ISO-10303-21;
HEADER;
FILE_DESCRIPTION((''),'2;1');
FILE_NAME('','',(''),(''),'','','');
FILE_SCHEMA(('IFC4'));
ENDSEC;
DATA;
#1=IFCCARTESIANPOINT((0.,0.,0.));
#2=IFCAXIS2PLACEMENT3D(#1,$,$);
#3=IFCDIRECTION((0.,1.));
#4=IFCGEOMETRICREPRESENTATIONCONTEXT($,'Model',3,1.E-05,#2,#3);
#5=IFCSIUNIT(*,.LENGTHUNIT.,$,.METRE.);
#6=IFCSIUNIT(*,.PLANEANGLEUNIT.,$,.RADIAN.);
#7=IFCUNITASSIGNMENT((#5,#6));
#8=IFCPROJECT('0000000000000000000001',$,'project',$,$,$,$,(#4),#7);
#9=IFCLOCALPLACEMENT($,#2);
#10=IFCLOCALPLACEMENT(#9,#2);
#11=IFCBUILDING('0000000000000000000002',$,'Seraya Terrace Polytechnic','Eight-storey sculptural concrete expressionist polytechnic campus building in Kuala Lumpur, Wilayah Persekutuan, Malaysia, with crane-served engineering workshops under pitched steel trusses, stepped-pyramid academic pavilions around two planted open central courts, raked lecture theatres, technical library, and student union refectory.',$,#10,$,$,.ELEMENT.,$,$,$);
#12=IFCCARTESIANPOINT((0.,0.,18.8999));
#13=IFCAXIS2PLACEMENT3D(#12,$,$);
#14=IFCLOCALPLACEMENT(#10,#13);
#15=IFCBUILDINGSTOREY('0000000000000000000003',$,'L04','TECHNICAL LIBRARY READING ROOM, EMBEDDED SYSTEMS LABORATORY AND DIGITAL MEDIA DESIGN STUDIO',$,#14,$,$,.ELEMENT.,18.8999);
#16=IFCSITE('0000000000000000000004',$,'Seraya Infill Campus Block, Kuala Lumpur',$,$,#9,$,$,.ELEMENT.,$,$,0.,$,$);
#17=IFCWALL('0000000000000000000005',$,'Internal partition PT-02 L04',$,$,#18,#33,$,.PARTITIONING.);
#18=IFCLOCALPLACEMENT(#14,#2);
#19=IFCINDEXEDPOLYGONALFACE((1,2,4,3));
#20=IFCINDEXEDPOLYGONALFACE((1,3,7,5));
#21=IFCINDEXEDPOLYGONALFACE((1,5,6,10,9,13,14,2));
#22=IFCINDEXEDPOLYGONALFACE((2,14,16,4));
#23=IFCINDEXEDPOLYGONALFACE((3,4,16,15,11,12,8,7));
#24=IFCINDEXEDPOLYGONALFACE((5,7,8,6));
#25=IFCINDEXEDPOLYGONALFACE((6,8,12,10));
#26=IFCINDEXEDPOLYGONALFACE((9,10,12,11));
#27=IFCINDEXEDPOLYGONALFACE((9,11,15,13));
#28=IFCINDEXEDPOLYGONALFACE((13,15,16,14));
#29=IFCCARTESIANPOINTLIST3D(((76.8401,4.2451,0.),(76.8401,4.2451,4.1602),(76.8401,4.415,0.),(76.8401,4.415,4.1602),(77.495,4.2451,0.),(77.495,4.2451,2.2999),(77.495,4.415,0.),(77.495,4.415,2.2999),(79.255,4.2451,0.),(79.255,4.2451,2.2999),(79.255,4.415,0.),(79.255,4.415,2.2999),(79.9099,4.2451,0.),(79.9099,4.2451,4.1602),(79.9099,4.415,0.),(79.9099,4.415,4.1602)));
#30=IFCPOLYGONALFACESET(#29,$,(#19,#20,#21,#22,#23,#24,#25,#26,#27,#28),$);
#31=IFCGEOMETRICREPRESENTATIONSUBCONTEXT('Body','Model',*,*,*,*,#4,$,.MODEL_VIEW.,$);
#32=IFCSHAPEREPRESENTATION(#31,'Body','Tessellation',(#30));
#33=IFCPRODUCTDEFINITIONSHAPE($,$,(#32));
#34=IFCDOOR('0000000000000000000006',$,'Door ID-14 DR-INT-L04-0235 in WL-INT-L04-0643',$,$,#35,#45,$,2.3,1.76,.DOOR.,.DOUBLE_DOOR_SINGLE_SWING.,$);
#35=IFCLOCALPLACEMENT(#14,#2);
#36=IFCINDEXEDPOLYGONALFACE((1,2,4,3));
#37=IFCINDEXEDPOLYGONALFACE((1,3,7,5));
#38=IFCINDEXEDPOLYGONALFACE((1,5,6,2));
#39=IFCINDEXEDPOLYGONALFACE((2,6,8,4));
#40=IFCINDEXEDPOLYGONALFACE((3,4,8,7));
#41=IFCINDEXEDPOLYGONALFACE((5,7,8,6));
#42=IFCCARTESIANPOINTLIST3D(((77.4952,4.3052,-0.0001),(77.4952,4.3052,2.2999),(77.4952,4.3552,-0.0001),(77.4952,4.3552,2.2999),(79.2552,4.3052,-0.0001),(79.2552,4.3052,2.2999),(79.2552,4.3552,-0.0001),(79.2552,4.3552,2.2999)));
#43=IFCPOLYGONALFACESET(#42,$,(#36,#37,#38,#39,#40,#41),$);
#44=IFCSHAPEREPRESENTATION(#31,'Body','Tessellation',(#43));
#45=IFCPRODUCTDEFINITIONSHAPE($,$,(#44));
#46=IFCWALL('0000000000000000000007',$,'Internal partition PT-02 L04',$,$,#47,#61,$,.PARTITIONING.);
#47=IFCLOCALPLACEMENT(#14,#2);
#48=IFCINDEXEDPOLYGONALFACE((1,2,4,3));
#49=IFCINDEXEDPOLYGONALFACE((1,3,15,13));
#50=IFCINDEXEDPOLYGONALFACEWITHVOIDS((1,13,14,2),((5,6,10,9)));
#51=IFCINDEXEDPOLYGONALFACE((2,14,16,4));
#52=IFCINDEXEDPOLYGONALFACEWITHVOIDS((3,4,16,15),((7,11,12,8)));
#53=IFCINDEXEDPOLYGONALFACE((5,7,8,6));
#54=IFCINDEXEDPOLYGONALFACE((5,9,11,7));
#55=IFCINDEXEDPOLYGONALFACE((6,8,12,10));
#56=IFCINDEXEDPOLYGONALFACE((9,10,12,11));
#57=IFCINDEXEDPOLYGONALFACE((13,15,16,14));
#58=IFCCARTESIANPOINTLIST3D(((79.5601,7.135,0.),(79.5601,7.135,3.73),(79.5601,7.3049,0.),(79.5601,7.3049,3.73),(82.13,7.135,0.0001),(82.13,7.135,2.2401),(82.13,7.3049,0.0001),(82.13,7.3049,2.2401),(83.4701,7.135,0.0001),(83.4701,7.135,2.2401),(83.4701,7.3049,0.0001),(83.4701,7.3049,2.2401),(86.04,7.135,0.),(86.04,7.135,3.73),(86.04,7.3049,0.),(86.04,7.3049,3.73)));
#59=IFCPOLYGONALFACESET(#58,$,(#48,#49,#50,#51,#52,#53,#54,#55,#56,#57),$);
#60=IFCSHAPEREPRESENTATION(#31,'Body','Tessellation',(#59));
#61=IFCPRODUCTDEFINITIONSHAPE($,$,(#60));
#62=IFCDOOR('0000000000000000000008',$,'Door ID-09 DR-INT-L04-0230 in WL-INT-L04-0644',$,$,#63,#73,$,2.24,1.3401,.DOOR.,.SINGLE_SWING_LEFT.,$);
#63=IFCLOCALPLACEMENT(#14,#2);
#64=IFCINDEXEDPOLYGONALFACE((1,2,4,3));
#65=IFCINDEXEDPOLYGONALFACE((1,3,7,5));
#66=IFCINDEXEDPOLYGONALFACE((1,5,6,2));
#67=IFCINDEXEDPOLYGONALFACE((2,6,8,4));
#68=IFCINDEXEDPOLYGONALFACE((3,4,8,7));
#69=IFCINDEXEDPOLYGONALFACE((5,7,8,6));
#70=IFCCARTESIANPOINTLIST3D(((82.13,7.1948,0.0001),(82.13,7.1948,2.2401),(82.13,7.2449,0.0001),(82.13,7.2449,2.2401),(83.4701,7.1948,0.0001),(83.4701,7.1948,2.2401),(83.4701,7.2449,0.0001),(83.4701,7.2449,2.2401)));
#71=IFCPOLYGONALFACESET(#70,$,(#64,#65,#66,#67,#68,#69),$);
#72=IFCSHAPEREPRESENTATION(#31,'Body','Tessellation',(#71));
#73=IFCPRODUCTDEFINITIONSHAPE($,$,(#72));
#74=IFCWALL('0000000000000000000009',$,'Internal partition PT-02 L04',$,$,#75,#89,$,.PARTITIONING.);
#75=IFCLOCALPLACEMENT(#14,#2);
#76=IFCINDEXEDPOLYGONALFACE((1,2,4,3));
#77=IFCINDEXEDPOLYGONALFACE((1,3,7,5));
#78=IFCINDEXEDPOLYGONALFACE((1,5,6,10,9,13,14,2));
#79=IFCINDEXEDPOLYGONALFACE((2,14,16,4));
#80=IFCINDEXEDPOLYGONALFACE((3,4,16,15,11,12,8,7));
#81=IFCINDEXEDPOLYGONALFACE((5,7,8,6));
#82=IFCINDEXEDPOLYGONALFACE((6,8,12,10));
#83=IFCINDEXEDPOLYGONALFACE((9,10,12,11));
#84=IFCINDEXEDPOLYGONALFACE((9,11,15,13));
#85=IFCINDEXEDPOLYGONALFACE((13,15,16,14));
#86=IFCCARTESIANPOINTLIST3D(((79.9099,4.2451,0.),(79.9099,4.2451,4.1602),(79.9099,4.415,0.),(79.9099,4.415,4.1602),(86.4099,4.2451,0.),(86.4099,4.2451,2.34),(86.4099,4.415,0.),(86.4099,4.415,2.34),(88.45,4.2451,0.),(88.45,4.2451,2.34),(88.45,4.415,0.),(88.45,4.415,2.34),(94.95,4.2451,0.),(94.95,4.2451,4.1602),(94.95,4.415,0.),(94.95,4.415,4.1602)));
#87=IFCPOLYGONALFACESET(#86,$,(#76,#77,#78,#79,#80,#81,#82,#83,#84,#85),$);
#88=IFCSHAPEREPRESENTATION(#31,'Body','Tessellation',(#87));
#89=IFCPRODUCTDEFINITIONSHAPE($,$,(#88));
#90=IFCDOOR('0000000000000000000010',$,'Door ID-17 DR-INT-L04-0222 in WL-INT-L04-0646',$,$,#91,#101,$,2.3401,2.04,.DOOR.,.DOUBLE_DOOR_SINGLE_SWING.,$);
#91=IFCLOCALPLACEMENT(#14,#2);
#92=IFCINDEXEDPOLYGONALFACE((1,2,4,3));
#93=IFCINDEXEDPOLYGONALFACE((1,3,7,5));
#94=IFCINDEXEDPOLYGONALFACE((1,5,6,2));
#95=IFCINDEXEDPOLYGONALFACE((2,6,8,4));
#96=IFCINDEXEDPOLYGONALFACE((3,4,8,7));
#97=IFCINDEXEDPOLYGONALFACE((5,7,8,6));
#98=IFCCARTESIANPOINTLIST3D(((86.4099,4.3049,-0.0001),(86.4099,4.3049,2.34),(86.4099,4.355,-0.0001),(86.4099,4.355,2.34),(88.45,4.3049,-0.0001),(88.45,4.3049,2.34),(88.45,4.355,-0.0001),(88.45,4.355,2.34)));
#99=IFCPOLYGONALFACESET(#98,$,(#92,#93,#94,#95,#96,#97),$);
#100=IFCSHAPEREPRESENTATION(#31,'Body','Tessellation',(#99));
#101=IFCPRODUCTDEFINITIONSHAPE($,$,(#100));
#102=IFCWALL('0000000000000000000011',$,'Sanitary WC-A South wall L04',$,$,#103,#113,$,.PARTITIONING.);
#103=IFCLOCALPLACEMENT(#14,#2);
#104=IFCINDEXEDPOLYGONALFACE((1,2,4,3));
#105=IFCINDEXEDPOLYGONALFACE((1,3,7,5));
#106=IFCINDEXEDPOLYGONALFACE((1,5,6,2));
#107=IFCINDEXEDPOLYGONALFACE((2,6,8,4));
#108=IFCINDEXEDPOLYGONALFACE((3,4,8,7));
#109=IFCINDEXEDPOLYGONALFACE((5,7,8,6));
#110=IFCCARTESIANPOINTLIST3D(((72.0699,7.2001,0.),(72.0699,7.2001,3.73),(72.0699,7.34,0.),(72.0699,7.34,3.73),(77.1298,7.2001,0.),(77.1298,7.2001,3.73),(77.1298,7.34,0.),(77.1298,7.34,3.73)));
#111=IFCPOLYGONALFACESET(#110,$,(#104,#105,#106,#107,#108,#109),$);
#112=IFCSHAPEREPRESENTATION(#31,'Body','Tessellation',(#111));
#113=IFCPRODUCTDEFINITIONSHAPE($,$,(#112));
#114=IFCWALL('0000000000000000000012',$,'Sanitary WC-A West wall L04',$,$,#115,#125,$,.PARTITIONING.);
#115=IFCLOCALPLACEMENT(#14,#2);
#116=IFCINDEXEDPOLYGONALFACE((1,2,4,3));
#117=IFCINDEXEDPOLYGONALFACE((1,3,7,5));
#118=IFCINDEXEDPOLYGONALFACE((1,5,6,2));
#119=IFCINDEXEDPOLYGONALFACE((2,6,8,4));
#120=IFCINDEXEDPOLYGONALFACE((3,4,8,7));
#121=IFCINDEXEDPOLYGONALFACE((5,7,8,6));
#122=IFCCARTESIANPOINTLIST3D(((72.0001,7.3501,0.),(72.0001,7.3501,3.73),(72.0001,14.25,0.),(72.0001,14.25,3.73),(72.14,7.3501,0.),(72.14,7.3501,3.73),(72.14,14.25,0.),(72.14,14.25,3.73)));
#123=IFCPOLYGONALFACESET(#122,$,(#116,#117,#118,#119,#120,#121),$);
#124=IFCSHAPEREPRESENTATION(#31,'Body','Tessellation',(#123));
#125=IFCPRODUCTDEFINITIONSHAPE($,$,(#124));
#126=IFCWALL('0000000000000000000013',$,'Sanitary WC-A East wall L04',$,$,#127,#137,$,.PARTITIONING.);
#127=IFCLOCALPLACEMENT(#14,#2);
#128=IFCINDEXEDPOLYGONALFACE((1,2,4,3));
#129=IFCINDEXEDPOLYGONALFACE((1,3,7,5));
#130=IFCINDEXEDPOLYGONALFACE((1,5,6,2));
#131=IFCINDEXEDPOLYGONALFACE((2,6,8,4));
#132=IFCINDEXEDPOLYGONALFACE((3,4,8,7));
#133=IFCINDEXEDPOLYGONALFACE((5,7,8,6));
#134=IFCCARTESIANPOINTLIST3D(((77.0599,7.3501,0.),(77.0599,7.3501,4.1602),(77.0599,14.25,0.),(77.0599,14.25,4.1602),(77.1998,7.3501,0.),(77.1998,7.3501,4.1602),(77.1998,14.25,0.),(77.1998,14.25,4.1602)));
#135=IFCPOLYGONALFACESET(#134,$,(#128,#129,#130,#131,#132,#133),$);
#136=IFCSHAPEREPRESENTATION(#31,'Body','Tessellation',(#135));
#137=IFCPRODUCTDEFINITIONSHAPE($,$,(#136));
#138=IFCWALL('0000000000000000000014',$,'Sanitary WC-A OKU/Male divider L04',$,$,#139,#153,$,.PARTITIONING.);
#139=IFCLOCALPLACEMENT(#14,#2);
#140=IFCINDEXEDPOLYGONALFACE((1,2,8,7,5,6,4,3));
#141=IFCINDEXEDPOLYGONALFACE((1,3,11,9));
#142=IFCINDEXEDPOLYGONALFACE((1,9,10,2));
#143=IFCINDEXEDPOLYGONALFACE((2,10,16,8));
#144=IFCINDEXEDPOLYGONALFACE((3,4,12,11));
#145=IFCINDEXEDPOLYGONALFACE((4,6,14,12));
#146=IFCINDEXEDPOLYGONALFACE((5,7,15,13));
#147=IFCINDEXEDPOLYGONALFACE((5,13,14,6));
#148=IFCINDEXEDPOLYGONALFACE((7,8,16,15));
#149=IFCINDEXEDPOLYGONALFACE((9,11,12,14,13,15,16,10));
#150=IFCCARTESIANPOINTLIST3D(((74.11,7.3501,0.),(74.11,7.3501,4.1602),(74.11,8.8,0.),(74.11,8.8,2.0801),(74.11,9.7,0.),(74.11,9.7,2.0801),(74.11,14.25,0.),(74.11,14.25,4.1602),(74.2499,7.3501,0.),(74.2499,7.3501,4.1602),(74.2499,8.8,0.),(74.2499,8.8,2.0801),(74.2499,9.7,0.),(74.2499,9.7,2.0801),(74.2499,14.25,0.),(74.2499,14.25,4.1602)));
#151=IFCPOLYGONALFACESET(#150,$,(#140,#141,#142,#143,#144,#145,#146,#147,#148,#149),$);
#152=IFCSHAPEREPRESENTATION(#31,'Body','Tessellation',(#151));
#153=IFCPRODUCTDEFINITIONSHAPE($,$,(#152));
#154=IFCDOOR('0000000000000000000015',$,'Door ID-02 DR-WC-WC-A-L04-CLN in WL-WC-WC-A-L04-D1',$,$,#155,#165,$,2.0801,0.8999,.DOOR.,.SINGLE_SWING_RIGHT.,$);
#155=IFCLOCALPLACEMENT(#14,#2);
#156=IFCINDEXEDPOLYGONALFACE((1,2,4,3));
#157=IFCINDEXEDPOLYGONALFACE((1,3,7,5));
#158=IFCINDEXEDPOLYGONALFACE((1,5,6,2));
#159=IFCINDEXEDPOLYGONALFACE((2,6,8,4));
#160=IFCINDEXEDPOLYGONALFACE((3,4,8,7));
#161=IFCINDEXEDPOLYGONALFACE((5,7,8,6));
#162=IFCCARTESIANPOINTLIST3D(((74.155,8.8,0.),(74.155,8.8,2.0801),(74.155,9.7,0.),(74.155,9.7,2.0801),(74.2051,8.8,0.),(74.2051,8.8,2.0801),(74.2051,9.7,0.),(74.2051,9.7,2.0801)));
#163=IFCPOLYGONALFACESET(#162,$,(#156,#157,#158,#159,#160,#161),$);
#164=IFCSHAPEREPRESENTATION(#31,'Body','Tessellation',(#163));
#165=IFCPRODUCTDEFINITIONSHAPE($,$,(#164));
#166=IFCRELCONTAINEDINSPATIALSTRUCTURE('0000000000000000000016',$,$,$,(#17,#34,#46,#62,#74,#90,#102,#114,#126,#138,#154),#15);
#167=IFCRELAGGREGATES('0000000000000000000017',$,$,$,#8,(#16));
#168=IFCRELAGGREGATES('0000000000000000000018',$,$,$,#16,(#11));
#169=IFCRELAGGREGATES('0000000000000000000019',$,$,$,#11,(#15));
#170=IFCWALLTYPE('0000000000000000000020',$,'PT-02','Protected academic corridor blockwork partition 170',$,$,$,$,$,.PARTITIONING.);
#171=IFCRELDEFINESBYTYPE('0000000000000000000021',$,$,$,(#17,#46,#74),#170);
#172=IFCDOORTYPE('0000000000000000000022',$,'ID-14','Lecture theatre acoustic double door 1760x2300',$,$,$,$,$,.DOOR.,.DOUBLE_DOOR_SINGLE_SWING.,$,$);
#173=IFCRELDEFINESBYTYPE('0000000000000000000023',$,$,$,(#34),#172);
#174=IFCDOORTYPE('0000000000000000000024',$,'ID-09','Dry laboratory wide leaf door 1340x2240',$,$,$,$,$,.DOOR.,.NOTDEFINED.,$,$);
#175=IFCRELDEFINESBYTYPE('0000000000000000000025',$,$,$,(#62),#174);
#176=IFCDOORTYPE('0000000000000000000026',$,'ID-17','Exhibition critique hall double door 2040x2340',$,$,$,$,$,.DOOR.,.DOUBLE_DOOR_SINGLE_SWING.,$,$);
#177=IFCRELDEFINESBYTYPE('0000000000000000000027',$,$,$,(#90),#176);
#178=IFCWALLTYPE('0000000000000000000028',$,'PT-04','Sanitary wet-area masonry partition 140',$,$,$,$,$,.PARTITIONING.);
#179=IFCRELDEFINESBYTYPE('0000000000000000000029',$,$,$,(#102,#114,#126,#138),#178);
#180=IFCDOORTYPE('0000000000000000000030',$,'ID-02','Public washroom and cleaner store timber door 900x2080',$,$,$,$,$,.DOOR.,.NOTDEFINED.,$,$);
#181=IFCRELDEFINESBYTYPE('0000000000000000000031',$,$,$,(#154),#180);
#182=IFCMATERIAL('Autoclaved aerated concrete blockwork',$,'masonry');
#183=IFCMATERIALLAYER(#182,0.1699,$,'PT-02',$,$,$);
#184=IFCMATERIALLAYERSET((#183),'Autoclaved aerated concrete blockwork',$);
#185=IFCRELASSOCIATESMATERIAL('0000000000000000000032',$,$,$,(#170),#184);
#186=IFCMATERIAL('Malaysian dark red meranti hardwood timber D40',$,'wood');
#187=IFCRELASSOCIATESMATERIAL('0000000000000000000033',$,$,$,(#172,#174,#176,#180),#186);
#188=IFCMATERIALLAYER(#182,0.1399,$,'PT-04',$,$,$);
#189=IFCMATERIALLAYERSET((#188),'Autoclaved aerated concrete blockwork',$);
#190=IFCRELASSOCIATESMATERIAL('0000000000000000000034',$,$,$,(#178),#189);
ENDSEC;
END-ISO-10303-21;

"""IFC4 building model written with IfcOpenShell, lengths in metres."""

from ifc_helpers import new_model, si_unit, direction, frame, frame_2d, origin, place, context, subcontext, project, spatial, rectangle, extrude, material, layer, layer_set, type_object, element, fill, save


model = new_model("IFC4")

# Units and contexts
model_context = context("Model", 3, precision=1e-05, world=origin(), true_north=direction((0.0, 1.0)))
body_context = subcontext(model_context, "Body", "Model", "MODEL_VIEW")
ifc_project = project(units=[si_unit("LENGTHUNIT", "METRE"), si_unit("PLANEANGLEUNIT", "RADIAN")], contexts=[model_context])

# Site, building, storey
site_placement = place(None, origin())
site = spatial("IfcSite", under=ifc_project, at=site_placement, Name="Seraya Infill Campus Block, Kuala Lumpur", CompositionType="ELEMENT", RefElevation=0.0)
building_placement = place(site_placement, origin())
building = spatial("IfcBuilding", under=site, at=building_placement, Name="Seraya Terrace Polytechnic", Description="Eight-storey sculptural concrete expressionist polytechnic campus building in Kuala Lumpur, Wilayah Persekutuan, Malaysia, with crane-served engineering workshops under pitched steel trusses, stepped-pyramid academic pavilions around two planted open central courts, raked lecture theatres, technical library, and student union refectory.", CompositionType="ELEMENT")
storey_placement = place(building_placement, frame((0.0, 0.0, 18.8999)))
storey = spatial("IfcBuildingStorey", under=building, at=storey_placement, Name="L04", Description="TECHNICAL LIBRARY READING ROOM, EMBEDDED SYSTEMS LABORATORY AND DIGITAL MEDIA DESIGN STUDIO", CompositionType="ELEMENT", Elevation=18.8999)

# Shared definitions
ifc_material_1 = material(Name="Autoclaved aerated concrete blockwork", Category="masonry")
ifc_layer_1 = layer(ifc_material_1, 0.1699, Name="PT-02")
ifc_layer_set_1 = layer_set([ifc_layer_1], Name="Autoclaved aerated concrete blockwork")
wall_type_1 = type_object("IfcWallType", Name="PT-02", Description="Protected academic corridor blockwork partition 170", PredefinedType="PARTITIONING", material=ifc_layer_set_1)

# Walls, openings, doors
wall_1_placement = place(storey_placement, frame((76.8401, 4.3301, 0.0), z_axis=(0.0, 0.0, 1.0), x_axis=(1.0, 0.0, 0.0)))
wall_1 = element("IfcWall", 1, at=wall_1_placement, inside=storey, type_object=wall_type_1, Name="Internal partition PT-02 L04", PredefinedType="PARTITIONING", context=body_context, shape_type="SweptSolid", body=[
    extrude(rectangle(XDim=3.0698, YDim=0.1699, at=frame_2d((1.5349, 0.0))), origin(), (0.0, 0.0, 1.0), 4.1602),
])
opening_1_placement = place(wall_1_placement, frame((0.655, 0.0, 0.0)))
opening_1 = element("IfcOpeningElement", 2, at=opening_1_placement, cuts=wall_1, PredefinedType="OPENING", context=body_context, shape_type="SweptSolid", body=[
    extrude(rectangle(XDim=1.76, YDim=2.3, at=frame_2d((0.8799, 1.1499))), frame((0.0, 0.0969, 0.0), z_axis=(0.0, -1.0, 0.0), x_axis=(1.0, 0.0, 0.0)), (0.0, 0.0, 1.0), 0.1938),
])
ifc_material_2 = material(Name="Malaysian dark red meranti hardwood timber D40", Category="wood")
door_type_1 = type_object("IfcDoorType", Name="ID-14", Description="Lecture theatre acoustic double door 1760x2300", OperationType="DOUBLE_DOOR_SINGLE_SWING", PredefinedType="DOOR", material=ifc_material_2)
door_1_placement = place(opening_1_placement, frame((1.76, 0.0, 0.0), z_axis=(0.0, 0.0, 1.0), x_axis=(-1.0, 0.0, 0.0)))
door_1 = element("IfcDoor", 3, at=door_1_placement, inside=storey, type_object=door_type_1, Name="Door ID-14 DR-INT-L04-0235 in WL-INT-L04-0643", OperationType="DOUBLE_DOOR_SINGLE_SWING", OverallHeight=2.3, OverallWidth=1.76, PredefinedType="DOOR", context=body_context, shape_type="SweptSolid", body=[
    extrude(rectangle(XDim=1.76, YDim=2.3, at=frame_2d((0.8799, 1.1499))), frame((0.0, 0.0249, 0.0), z_axis=(0.0, -1.0, 0.0), x_axis=(1.0, 0.0, 0.0)), (0.0, 0.0, 1.0), 0.05),
])
fill(opening_1, door_1)
wall_2_placement = place(storey_placement, frame((79.5601, 7.22, 0.0), z_axis=(0.0, 0.0, 1.0), x_axis=(1.0, 0.0, 0.0)))
wall_2 = element("IfcWall", 4, at=wall_2_placement, inside=storey, type_object=wall_type_1, Name="Internal partition PT-02 L04", PredefinedType="PARTITIONING", context=body_context, shape_type="SweptSolid", body=[
    extrude(rectangle(XDim=6.48, YDim=0.1699, at=frame_2d((3.24, 0.0))), origin(), (0.0, 0.0, 1.0), 3.73),
])
opening_2_placement = place(wall_2_placement, frame((2.5701, 0.0, 0.0)))
opening_2 = element("IfcOpeningElement", 5, at=opening_2_placement, cuts=wall_2, PredefinedType="OPENING", context=body_context, shape_type="SweptSolid", body=[
    extrude(rectangle(XDim=1.3401, YDim=2.24, at=frame_2d((0.6699, 1.1201))), frame((0.0, 0.0969, 0.0), z_axis=(0.0, -1.0, 0.0), x_axis=(1.0, 0.0, 0.0)), (0.0, 0.0, 1.0), 0.1938),
])
door_type_2 = type_object("IfcDoorType", Name="ID-09", Description="Dry laboratory wide leaf door 1340x2240", OperationType="NOTDEFINED", PredefinedType="DOOR", material=ifc_material_2)
door_2_placement = place(opening_2_placement, origin())
door_2 = element("IfcDoor", 6, at=door_2_placement, inside=storey, type_object=door_type_2, Name="Door ID-09 DR-INT-L04-0230 in WL-INT-L04-0644", OperationType="SINGLE_SWING_LEFT", OverallHeight=2.24, OverallWidth=1.3401, PredefinedType="DOOR", context=body_context, shape_type="SweptSolid", body=[
    extrude(rectangle(XDim=1.3401, YDim=2.24, at=frame_2d((0.6699, 1.1201))), frame((0.0, 0.0249, 0.0), z_axis=(0.0, -1.0, 0.0), x_axis=(1.0, 0.0, 0.0)), (0.0, 0.0, 1.0), 0.05),
])
fill(opening_2, door_2)
wall_3_placement = place(storey_placement, frame((79.9099, 4.3301, 0.0), z_axis=(0.0, 0.0, 1.0), x_axis=(1.0, 0.0, 0.0)))
wall_3 = element("IfcWall", 7, at=wall_3_placement, inside=storey, type_object=wall_type_1, Name="Internal partition PT-02 L04", PredefinedType="PARTITIONING", context=body_context, shape_type="SweptSolid", body=[
    extrude(rectangle(XDim=15.04, YDim=0.1699, at=frame_2d((7.52, 0.0))), origin(), (0.0, 0.0, 1.0), 4.1602),
])
opening_3_placement = place(wall_3_placement, frame((6.5, 0.0, 0.0)))
opening_3 = element("IfcOpeningElement", 8, at=opening_3_placement, cuts=wall_3, PredefinedType="OPENING", context=body_context, shape_type="SweptSolid", body=[
    extrude(rectangle(XDim=2.04, YDim=2.3401, at=frame_2d((1.02, 1.1699))), frame((0.0, 0.0969, 0.0), z_axis=(0.0, -1.0, 0.0), x_axis=(1.0, 0.0, 0.0)), (0.0, 0.0, 1.0), 0.1938),
])
door_type_3 = type_object("IfcDoorType", Name="ID-17", Description="Exhibition critique hall double door 2040x2340", OperationType="DOUBLE_DOOR_SINGLE_SWING", PredefinedType="DOOR", material=ifc_material_2)
door_3_placement = place(opening_3_placement, origin())
door_3 = element("IfcDoor", 9, at=door_3_placement, inside=storey, type_object=door_type_3, Name="Door ID-17 DR-INT-L04-0222 in WL-INT-L04-0646", OperationType="DOUBLE_DOOR_SINGLE_SWING", OverallHeight=2.3401, OverallWidth=2.04, PredefinedType="DOOR", context=body_context, shape_type="SweptSolid", body=[
    extrude(rectangle(XDim=2.04, YDim=2.3401, at=frame_2d((1.02, 1.1699))), frame((0.0, 0.0249, 0.0), z_axis=(0.0, -1.0, 0.0), x_axis=(1.0, 0.0, 0.0)), (0.0, 0.0, 1.0), 0.05),
])
fill(opening_3, door_3)

# Walls
ifc_layer_2 = layer(ifc_material_1, 0.1399, Name="PT-04")
ifc_layer_set_2 = layer_set([ifc_layer_2], Name="Autoclaved aerated concrete blockwork")
wall_type_2 = type_object("IfcWallType", Name="PT-04", Description="Sanitary wet-area masonry partition 140", PredefinedType="PARTITIONING", material=ifc_layer_set_2)
wall_4_placement = place(storey_placement, frame((72.0701, 7.27, 0.0), z_axis=(0.0, 0.0, 1.0), x_axis=(1.0, 0.0, 0.0)))
element("IfcWall", 10, at=wall_4_placement, inside=storey, type_object=wall_type_2, Name="Sanitary WC-A South wall L04", PredefinedType="PARTITIONING", context=body_context, shape_type="SweptSolid", body=[
    extrude(rectangle(XDim=5.0598, YDim=0.1399, at=frame_2d((2.5298, 0.0))), origin(), (0.0, 0.0, 1.0), 3.73),
])
wall_5_placement = place(storey_placement, frame((72.0701, 7.3501, 0.0), z_axis=(0.0, 0.0, 1.0), x_axis=(0.0, 1.0, 0.0)))
element("IfcWall", 11, at=wall_5_placement, inside=storey, type_object=wall_type_2, Name="Sanitary WC-A West wall L04", PredefinedType="PARTITIONING", context=body_context, shape_type="SweptSolid", body=[
    extrude(rectangle(XDim=6.8999, YDim=0.1399, at=frame_2d((3.45, 0.0))), origin(), (0.0, 0.0, 1.0), 3.73),
])
wall_6_placement = place(storey_placement, frame((77.1299, 7.3501, 0.0), z_axis=(0.0, 0.0, 1.0), x_axis=(0.0, 1.0, 0.0)))
element("IfcWall", 12, at=wall_6_placement, inside=storey, type_object=wall_type_2, Name="Sanitary WC-A East wall L04", PredefinedType="PARTITIONING", context=body_context, shape_type="SweptSolid", body=[
    extrude(rectangle(XDim=6.8999, YDim=0.1399, at=frame_2d((3.45, 0.0))), origin(), (0.0, 0.0, 1.0), 4.1602),
])

# Wall, opening, door
wall_7_placement = place(storey_placement, frame((74.1799, 7.3501, 0.0), z_axis=(0.0, 0.0, 1.0), x_axis=(0.0, 1.0, 0.0)))
wall_7 = element("IfcWall", 13, at=wall_7_placement, inside=storey, type_object=wall_type_2, Name="Sanitary WC-A OKU/Male divider L04", PredefinedType="PARTITIONING", context=body_context, shape_type="SweptSolid", body=[
    extrude(rectangle(XDim=6.8999, YDim=0.1399, at=frame_2d((3.45, 0.0))), origin(), (0.0, 0.0, 1.0), 4.1602),
])
opening_4_placement = place(wall_7_placement, frame((1.45, 0.0, 0.0)))
opening_4 = element("IfcOpeningElement", 14, at=opening_4_placement, cuts=wall_7, PredefinedType="OPENING", context=body_context, shape_type="SweptSolid", body=[
    extrude(rectangle(XDim=0.8999, YDim=2.0801, at=frame_2d((0.45, 1.04))), frame((0.0, 0.082, 0.0), z_axis=(0.0, -1.0, 0.0), x_axis=(1.0, 0.0, 0.0)), (0.0, 0.0, 1.0), 0.1638),
])
door_type_4 = type_object("IfcDoorType", Name="ID-02", Description="Public washroom and cleaner store timber door 900x2080", OperationType="NOTDEFINED", PredefinedType="DOOR", material=ifc_material_2)
door_4_placement = place(opening_4_placement, origin())
door_4 = element("IfcDoor", 15, at=door_4_placement, inside=storey, type_object=door_type_4, Name="Door ID-02 DR-WC-WC-A-L04-CLN in WL-WC-WC-A-L04-D1", OperationType="SINGLE_SWING_RIGHT", OverallHeight=2.0801, OverallWidth=0.8999, PredefinedType="DOOR", context=body_context, shape_type="SweptSolid", body=[
    extrude(rectangle(XDim=0.8999, YDim=2.0801, at=frame_2d((0.45, 1.04))), frame((0.0, 0.0249, 0.0), z_axis=(0.0, -1.0, 0.0), x_axis=(1.0, 0.0, 0.0)), (0.0, 0.0, 1.0), 0.05),
])
fill(opening_4, door_4)

save(model, "model.ifc")
